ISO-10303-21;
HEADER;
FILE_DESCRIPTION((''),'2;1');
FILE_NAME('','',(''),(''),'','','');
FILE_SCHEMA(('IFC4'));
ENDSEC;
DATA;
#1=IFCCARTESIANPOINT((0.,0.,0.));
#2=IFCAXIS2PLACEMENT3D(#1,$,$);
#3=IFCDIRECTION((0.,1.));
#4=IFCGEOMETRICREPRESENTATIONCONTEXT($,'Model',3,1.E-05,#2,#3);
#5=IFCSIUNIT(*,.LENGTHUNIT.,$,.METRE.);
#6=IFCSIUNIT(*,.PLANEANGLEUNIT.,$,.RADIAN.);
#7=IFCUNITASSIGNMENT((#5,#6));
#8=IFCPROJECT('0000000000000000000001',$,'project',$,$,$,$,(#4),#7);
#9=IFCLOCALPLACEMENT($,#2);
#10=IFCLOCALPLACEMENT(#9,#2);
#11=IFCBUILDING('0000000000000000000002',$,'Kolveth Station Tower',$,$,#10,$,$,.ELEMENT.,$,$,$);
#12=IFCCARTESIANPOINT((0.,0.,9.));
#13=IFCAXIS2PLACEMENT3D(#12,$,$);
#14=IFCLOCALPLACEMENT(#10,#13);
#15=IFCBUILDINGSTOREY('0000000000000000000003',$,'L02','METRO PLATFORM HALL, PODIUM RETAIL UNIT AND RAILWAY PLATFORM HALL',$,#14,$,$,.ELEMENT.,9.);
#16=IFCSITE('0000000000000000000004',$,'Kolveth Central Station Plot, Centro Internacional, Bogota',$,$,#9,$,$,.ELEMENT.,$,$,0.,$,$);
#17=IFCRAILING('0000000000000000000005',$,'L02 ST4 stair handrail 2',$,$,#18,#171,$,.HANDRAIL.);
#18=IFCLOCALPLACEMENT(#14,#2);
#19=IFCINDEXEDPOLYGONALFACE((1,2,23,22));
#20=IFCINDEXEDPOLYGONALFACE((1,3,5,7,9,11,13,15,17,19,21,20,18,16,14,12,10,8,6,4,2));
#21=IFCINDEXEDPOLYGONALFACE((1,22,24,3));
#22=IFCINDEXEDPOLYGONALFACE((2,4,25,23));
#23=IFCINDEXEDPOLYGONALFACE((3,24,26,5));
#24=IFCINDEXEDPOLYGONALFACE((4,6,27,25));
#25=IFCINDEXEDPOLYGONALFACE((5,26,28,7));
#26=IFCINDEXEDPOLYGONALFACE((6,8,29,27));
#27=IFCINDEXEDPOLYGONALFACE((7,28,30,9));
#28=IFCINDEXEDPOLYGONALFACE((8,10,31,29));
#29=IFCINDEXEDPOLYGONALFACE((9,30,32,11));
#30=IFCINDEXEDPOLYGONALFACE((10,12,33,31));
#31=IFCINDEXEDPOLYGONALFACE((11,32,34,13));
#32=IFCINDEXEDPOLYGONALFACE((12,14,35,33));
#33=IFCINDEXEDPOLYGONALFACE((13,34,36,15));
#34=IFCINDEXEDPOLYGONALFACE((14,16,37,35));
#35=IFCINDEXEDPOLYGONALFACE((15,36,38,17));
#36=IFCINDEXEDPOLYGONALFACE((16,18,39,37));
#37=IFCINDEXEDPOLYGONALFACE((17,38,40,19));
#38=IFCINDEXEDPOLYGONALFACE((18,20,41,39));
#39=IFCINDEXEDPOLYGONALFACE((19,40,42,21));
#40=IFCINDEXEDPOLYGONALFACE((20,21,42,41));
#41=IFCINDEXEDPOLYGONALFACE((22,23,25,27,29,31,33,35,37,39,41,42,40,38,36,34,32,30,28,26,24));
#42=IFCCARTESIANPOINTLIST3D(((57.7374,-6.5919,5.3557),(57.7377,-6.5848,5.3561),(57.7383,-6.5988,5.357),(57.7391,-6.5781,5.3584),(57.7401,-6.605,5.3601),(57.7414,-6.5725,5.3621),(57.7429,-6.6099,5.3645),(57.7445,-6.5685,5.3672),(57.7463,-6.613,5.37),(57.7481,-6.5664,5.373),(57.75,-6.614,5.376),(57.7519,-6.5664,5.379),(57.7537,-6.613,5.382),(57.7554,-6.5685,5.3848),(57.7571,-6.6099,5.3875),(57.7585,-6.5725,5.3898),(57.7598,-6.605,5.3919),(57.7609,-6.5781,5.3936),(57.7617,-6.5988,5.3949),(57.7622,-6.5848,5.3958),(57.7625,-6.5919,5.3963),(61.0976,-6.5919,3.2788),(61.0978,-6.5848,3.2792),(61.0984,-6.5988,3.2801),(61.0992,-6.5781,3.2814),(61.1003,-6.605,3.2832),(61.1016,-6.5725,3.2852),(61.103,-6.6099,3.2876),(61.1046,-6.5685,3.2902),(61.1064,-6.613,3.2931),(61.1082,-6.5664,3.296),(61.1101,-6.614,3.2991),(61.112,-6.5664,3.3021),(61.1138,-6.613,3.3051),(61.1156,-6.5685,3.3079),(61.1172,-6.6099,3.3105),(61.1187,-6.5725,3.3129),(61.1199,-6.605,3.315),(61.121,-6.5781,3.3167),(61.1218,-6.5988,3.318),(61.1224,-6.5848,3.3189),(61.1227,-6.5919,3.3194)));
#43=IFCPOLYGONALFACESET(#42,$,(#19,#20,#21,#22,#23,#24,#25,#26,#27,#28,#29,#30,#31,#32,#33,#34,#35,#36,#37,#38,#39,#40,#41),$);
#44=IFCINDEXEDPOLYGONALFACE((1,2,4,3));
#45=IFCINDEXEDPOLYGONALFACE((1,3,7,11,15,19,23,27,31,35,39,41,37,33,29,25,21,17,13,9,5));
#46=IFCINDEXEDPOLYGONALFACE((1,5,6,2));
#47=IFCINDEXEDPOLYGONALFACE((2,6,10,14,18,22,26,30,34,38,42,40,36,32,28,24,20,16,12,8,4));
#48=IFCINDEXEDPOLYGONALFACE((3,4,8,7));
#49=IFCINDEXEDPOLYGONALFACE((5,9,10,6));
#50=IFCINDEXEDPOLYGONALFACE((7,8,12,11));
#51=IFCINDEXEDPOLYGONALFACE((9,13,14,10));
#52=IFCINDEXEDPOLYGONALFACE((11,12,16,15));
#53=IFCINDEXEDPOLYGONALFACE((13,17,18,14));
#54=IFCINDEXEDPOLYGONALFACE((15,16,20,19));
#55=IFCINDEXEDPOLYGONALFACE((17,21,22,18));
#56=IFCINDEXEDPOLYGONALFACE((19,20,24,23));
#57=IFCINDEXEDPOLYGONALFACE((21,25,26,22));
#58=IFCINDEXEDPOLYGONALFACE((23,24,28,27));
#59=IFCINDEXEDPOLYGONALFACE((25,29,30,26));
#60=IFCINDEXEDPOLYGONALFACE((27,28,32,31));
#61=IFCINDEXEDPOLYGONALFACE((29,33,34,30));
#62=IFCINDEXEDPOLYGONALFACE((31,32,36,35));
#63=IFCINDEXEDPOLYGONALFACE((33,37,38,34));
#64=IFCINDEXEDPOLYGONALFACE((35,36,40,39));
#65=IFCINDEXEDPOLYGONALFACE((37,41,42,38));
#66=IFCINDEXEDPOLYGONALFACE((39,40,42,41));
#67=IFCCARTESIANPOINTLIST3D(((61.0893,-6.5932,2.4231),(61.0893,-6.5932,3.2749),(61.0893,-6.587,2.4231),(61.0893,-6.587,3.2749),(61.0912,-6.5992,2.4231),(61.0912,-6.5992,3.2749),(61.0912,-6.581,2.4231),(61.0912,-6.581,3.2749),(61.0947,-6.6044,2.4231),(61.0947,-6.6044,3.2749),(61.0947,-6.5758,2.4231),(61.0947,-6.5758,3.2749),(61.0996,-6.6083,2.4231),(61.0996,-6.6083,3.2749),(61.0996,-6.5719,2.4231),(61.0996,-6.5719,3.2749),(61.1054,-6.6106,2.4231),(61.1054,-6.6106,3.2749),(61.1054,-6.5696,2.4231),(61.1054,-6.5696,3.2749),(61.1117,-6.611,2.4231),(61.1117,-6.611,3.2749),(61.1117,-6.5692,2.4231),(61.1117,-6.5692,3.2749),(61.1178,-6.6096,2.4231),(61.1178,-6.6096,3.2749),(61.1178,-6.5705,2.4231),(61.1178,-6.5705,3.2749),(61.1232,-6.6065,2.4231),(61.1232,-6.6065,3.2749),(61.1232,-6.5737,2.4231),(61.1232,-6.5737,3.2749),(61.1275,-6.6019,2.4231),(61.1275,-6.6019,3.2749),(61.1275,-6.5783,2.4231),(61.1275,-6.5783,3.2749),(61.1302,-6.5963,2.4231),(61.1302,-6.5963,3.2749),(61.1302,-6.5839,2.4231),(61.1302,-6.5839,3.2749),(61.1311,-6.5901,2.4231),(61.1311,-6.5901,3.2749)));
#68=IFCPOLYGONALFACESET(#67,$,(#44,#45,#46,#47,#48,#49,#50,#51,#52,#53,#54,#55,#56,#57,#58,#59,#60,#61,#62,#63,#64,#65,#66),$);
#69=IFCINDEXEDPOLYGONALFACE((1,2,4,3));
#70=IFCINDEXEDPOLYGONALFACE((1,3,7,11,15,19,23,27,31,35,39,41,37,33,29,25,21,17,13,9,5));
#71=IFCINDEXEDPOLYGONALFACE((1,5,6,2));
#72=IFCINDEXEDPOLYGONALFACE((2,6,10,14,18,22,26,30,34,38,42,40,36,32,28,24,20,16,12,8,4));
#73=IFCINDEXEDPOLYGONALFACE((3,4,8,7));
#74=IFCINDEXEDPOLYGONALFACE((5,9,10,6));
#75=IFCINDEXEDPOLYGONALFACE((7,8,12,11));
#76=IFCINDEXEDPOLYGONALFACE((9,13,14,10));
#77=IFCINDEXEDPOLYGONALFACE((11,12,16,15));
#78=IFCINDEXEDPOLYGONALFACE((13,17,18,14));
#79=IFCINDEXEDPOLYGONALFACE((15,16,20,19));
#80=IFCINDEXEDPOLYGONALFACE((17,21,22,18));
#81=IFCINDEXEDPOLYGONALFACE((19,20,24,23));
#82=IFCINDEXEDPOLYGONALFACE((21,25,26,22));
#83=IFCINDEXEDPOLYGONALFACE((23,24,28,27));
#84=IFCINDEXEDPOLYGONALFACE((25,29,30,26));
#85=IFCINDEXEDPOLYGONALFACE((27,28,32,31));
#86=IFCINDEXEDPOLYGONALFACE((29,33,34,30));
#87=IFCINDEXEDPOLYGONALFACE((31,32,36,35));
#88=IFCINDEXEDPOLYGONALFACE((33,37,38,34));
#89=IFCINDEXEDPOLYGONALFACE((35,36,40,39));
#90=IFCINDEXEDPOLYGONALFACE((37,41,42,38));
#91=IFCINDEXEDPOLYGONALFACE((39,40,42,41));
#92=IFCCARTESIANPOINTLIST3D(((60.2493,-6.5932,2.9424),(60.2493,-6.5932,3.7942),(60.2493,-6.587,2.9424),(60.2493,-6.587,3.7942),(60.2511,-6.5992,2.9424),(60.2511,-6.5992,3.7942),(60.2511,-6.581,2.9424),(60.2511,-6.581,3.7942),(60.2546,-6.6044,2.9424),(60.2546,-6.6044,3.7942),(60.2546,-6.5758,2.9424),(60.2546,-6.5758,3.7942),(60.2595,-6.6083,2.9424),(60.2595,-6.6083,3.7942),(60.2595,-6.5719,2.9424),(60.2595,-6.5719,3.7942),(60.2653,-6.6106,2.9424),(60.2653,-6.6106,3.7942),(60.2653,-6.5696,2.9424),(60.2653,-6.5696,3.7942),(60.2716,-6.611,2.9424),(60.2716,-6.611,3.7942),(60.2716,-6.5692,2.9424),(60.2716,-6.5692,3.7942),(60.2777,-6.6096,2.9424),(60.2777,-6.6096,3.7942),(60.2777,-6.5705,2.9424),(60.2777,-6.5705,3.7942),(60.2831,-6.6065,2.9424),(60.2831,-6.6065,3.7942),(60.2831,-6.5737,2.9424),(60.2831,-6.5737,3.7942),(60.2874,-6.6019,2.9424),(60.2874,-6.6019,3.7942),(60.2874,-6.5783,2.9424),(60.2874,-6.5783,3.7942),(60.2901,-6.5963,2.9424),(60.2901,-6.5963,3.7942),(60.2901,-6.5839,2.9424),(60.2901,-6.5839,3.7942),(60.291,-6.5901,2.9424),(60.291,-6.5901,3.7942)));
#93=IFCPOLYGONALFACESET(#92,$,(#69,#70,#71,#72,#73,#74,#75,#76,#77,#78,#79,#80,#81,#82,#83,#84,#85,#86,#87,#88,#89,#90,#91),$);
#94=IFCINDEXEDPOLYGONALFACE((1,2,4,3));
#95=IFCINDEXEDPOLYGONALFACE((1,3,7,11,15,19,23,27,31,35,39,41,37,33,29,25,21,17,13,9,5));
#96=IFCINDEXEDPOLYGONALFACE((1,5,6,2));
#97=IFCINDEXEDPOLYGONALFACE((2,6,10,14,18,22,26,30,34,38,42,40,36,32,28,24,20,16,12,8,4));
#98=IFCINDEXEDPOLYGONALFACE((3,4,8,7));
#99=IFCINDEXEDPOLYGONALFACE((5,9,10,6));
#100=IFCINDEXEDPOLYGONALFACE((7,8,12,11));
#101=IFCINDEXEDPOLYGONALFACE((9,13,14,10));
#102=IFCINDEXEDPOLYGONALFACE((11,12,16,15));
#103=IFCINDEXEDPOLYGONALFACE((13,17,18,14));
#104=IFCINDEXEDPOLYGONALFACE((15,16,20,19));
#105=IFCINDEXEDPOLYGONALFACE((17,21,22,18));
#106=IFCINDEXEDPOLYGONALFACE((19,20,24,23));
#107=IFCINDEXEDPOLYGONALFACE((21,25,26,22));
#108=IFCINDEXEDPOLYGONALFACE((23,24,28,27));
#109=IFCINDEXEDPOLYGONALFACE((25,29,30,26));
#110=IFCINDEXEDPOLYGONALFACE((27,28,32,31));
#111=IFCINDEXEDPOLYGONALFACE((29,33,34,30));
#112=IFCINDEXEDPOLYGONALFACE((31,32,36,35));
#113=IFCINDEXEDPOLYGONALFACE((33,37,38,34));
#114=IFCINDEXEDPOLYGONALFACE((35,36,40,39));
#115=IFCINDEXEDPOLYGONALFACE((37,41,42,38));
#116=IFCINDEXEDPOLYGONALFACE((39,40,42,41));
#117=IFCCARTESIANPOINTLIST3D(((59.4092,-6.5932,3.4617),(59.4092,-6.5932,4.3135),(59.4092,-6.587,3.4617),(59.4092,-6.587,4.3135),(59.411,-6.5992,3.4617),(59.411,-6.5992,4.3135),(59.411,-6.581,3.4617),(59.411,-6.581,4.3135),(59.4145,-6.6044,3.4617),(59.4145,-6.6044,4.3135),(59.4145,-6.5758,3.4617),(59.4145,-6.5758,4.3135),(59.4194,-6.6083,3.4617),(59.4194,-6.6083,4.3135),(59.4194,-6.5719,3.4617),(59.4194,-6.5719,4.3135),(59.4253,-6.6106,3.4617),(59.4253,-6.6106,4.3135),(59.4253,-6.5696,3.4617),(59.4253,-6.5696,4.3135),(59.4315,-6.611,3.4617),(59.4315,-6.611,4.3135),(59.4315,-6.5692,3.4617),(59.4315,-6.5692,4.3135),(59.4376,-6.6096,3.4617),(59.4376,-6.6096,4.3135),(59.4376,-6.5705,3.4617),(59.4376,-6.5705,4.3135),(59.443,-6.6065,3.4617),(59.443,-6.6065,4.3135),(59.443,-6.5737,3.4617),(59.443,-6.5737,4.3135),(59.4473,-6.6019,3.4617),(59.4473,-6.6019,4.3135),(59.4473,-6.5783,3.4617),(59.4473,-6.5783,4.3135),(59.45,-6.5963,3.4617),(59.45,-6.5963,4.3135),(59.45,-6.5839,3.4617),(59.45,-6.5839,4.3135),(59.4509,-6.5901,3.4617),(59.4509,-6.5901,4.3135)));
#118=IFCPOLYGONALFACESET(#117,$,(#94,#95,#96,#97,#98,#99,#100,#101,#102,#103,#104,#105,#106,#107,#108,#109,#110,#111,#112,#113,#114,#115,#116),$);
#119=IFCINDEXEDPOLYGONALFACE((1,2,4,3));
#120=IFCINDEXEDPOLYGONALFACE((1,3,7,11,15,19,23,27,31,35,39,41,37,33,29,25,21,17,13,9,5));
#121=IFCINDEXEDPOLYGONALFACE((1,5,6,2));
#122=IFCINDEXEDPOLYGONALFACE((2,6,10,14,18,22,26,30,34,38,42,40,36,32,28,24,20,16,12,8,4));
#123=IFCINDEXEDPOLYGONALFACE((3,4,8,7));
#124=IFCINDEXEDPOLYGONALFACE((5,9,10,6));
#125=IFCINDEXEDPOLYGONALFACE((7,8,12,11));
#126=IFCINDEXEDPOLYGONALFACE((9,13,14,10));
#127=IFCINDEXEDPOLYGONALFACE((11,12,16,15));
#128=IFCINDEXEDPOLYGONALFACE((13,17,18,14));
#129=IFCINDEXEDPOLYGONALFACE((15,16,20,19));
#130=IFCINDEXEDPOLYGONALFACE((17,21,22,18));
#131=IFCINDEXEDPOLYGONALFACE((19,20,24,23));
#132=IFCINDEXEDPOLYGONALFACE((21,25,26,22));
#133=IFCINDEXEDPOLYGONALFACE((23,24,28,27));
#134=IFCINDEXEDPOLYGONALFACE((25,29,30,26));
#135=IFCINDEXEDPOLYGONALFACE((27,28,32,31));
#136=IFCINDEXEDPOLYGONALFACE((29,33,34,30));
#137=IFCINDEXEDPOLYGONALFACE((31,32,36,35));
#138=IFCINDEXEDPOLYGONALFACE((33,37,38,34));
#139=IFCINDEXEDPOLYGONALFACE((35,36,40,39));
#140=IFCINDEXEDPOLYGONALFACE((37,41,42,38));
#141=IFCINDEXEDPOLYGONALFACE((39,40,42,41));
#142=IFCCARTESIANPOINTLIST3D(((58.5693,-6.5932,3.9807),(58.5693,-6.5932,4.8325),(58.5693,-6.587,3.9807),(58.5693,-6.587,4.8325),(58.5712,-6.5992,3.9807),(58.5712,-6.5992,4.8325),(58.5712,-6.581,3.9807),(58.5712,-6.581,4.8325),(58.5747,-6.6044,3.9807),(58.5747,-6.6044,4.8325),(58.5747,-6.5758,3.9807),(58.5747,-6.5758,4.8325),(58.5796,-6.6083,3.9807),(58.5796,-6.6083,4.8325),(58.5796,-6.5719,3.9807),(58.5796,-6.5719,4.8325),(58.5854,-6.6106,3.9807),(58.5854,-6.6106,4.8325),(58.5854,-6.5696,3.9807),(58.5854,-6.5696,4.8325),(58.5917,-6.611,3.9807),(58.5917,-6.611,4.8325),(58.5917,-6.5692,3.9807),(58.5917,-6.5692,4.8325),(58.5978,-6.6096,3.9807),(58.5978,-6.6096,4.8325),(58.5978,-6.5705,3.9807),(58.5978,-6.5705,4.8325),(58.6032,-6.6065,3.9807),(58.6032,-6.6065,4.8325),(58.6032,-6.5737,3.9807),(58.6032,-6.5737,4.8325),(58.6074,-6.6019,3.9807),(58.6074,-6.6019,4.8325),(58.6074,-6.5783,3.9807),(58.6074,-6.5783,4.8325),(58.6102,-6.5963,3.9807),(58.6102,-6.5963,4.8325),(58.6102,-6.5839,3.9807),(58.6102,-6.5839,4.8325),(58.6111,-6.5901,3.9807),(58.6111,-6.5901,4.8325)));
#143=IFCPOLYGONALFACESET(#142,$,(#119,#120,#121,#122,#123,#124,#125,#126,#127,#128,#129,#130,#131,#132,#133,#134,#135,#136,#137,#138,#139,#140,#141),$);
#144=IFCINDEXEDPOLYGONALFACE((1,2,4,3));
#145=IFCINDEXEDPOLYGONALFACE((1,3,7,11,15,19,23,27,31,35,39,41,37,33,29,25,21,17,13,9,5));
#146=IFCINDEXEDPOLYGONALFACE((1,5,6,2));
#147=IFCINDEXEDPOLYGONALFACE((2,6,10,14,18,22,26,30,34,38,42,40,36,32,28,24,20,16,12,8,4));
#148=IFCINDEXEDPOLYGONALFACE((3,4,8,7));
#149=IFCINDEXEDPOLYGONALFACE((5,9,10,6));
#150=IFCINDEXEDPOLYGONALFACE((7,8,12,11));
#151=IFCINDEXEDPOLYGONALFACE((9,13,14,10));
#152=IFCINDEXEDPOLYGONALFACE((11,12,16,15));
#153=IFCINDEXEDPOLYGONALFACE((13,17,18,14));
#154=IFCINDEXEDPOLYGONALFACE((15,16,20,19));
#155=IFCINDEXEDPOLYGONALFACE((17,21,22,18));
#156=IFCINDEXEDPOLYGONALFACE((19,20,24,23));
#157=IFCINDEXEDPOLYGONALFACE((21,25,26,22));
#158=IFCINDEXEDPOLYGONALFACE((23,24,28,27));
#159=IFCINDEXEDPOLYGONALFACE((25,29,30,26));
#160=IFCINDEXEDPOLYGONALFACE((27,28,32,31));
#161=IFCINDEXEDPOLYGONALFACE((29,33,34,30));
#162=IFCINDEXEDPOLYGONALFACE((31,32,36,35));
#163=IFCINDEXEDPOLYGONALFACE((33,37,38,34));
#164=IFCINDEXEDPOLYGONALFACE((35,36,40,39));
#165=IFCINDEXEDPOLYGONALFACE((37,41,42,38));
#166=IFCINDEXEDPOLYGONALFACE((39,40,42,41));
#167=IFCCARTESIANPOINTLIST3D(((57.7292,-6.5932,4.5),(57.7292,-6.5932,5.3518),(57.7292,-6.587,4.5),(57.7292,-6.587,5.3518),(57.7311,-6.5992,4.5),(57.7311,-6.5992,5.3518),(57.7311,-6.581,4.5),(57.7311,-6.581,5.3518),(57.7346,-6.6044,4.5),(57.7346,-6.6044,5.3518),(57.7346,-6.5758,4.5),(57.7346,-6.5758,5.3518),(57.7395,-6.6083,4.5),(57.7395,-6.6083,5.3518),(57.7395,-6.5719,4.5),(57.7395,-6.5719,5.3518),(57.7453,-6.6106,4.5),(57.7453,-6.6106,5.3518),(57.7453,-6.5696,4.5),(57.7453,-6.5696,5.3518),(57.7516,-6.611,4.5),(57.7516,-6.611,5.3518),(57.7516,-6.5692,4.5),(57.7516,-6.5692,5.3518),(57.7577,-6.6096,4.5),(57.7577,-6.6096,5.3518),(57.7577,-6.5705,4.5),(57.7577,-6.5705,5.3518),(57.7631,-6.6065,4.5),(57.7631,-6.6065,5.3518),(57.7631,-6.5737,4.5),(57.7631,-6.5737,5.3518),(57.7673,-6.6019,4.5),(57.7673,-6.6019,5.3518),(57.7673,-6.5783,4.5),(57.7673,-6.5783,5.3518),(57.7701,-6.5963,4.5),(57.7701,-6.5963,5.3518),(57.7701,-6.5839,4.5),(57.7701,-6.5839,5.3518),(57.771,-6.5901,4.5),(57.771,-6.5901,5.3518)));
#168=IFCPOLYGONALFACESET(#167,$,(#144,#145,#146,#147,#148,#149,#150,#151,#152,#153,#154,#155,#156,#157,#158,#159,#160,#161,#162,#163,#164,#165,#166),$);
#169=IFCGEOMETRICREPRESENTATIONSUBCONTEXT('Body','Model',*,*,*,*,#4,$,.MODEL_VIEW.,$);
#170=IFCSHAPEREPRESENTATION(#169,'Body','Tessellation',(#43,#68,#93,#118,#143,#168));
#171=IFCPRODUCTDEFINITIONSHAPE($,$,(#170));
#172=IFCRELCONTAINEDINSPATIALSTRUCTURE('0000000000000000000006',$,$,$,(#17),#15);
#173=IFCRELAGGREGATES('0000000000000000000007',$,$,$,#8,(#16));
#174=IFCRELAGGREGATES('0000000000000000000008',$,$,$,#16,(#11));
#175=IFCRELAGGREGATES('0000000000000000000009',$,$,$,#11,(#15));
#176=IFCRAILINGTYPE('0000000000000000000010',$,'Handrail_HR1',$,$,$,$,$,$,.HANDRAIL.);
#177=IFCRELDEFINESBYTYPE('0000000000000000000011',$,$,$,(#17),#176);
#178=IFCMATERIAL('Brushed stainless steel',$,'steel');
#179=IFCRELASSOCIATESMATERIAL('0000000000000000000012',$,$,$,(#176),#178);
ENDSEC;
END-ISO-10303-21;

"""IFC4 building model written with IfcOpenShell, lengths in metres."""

from ifc_helpers import new_model, si_unit, direction, frame, origin, origin_2d, place, context, subcontext, project, spatial, circle, extrude, material, type_object, element, save


model = new_model("IFC4")

# Units and contexts
model_context = context("Model", 3, precision=1e-05, world=origin(), true_north=direction((0.0, 1.0)))
body_context = subcontext(model_context, "Body", "Model", "MODEL_VIEW")
ifc_project = project(units=[si_unit("LENGTHUNIT", "METRE"), si_unit("PLANEANGLEUNIT", "RADIAN")], contexts=[model_context])

# Site, building, storey
site_placement = place(None, origin())
site = spatial("IfcSite", under=ifc_project, at=site_placement, Name="Kolveth Central Station Plot, Centro Internacional, Bogota", CompositionType="ELEMENT", RefElevation=0.0)
building_placement = place(site_placement, origin())
building = spatial("IfcBuilding", under=site, at=building_placement, Name="Kolveth Station Tower", CompositionType="ELEMENT")
storey_placement = place(building_placement, frame((0.0, 0.0, 9.0)))
storey = spatial("IfcBuildingStorey", under=building, at=storey_placement, Name="L02", Description="METRO PLATFORM HALL, PODIUM RETAIL UNIT AND RAILWAY PLATFORM HALL", CompositionType="ELEMENT", Elevation=9.0)

# Railing
ifc_material_1 = material(Name="Brushed stainless steel", Category="steel")
railing_type_1 = type_object("IfcRailingType", Name="Handrail_HR1", PredefinedType="HANDRAIL", material=ifc_material_1)
railing_1_placement = place(storey_placement, frame((61.1101, -6.5901, 2.4231)))
element("IfcRailing", 1, at=railing_1_placement, inside=storey, type_object=railing_type_1, Name="L02 ST4 stair handrail 2", PredefinedType="HANDRAIL", context=body_context, shape_type="SweptSolid", body=[
    extrude(circle(Radius=0.0239, at=origin_2d()), frame((0.0, 0.0, 0.876), z_axis=(-0.850623, 0.0, 0.525776), x_axis=(0.0, -1.0, 0.0)), (0.0, 0.0, 1.0), 3.9502),
    extrude(circle(Radius=0.021, at=origin_2d()), origin(), (0.0, 0.0, 1.0), 0.8518),
    extrude(circle(Radius=0.021, at=origin_2d()), frame((-0.8401, 0.0, 0.5193)), (0.0, 0.0, 1.0), 0.8518),
    extrude(circle(Radius=0.021, at=origin_2d()), frame((-1.6802, 0.0, 1.0386)), (0.0, 0.0, 1.0), 0.8518),
    extrude(circle(Radius=0.021, at=origin_2d()), frame((-2.52, 0.0, 1.5576)), (0.0, 0.0, 1.0), 0.8518),
    extrude(circle(Radius=0.021, at=origin_2d()), frame((-3.3601, 0.0, 2.0769)), (0.0, 0.0, 1.0), 0.8518),
])

save(model, "model.ifc")
